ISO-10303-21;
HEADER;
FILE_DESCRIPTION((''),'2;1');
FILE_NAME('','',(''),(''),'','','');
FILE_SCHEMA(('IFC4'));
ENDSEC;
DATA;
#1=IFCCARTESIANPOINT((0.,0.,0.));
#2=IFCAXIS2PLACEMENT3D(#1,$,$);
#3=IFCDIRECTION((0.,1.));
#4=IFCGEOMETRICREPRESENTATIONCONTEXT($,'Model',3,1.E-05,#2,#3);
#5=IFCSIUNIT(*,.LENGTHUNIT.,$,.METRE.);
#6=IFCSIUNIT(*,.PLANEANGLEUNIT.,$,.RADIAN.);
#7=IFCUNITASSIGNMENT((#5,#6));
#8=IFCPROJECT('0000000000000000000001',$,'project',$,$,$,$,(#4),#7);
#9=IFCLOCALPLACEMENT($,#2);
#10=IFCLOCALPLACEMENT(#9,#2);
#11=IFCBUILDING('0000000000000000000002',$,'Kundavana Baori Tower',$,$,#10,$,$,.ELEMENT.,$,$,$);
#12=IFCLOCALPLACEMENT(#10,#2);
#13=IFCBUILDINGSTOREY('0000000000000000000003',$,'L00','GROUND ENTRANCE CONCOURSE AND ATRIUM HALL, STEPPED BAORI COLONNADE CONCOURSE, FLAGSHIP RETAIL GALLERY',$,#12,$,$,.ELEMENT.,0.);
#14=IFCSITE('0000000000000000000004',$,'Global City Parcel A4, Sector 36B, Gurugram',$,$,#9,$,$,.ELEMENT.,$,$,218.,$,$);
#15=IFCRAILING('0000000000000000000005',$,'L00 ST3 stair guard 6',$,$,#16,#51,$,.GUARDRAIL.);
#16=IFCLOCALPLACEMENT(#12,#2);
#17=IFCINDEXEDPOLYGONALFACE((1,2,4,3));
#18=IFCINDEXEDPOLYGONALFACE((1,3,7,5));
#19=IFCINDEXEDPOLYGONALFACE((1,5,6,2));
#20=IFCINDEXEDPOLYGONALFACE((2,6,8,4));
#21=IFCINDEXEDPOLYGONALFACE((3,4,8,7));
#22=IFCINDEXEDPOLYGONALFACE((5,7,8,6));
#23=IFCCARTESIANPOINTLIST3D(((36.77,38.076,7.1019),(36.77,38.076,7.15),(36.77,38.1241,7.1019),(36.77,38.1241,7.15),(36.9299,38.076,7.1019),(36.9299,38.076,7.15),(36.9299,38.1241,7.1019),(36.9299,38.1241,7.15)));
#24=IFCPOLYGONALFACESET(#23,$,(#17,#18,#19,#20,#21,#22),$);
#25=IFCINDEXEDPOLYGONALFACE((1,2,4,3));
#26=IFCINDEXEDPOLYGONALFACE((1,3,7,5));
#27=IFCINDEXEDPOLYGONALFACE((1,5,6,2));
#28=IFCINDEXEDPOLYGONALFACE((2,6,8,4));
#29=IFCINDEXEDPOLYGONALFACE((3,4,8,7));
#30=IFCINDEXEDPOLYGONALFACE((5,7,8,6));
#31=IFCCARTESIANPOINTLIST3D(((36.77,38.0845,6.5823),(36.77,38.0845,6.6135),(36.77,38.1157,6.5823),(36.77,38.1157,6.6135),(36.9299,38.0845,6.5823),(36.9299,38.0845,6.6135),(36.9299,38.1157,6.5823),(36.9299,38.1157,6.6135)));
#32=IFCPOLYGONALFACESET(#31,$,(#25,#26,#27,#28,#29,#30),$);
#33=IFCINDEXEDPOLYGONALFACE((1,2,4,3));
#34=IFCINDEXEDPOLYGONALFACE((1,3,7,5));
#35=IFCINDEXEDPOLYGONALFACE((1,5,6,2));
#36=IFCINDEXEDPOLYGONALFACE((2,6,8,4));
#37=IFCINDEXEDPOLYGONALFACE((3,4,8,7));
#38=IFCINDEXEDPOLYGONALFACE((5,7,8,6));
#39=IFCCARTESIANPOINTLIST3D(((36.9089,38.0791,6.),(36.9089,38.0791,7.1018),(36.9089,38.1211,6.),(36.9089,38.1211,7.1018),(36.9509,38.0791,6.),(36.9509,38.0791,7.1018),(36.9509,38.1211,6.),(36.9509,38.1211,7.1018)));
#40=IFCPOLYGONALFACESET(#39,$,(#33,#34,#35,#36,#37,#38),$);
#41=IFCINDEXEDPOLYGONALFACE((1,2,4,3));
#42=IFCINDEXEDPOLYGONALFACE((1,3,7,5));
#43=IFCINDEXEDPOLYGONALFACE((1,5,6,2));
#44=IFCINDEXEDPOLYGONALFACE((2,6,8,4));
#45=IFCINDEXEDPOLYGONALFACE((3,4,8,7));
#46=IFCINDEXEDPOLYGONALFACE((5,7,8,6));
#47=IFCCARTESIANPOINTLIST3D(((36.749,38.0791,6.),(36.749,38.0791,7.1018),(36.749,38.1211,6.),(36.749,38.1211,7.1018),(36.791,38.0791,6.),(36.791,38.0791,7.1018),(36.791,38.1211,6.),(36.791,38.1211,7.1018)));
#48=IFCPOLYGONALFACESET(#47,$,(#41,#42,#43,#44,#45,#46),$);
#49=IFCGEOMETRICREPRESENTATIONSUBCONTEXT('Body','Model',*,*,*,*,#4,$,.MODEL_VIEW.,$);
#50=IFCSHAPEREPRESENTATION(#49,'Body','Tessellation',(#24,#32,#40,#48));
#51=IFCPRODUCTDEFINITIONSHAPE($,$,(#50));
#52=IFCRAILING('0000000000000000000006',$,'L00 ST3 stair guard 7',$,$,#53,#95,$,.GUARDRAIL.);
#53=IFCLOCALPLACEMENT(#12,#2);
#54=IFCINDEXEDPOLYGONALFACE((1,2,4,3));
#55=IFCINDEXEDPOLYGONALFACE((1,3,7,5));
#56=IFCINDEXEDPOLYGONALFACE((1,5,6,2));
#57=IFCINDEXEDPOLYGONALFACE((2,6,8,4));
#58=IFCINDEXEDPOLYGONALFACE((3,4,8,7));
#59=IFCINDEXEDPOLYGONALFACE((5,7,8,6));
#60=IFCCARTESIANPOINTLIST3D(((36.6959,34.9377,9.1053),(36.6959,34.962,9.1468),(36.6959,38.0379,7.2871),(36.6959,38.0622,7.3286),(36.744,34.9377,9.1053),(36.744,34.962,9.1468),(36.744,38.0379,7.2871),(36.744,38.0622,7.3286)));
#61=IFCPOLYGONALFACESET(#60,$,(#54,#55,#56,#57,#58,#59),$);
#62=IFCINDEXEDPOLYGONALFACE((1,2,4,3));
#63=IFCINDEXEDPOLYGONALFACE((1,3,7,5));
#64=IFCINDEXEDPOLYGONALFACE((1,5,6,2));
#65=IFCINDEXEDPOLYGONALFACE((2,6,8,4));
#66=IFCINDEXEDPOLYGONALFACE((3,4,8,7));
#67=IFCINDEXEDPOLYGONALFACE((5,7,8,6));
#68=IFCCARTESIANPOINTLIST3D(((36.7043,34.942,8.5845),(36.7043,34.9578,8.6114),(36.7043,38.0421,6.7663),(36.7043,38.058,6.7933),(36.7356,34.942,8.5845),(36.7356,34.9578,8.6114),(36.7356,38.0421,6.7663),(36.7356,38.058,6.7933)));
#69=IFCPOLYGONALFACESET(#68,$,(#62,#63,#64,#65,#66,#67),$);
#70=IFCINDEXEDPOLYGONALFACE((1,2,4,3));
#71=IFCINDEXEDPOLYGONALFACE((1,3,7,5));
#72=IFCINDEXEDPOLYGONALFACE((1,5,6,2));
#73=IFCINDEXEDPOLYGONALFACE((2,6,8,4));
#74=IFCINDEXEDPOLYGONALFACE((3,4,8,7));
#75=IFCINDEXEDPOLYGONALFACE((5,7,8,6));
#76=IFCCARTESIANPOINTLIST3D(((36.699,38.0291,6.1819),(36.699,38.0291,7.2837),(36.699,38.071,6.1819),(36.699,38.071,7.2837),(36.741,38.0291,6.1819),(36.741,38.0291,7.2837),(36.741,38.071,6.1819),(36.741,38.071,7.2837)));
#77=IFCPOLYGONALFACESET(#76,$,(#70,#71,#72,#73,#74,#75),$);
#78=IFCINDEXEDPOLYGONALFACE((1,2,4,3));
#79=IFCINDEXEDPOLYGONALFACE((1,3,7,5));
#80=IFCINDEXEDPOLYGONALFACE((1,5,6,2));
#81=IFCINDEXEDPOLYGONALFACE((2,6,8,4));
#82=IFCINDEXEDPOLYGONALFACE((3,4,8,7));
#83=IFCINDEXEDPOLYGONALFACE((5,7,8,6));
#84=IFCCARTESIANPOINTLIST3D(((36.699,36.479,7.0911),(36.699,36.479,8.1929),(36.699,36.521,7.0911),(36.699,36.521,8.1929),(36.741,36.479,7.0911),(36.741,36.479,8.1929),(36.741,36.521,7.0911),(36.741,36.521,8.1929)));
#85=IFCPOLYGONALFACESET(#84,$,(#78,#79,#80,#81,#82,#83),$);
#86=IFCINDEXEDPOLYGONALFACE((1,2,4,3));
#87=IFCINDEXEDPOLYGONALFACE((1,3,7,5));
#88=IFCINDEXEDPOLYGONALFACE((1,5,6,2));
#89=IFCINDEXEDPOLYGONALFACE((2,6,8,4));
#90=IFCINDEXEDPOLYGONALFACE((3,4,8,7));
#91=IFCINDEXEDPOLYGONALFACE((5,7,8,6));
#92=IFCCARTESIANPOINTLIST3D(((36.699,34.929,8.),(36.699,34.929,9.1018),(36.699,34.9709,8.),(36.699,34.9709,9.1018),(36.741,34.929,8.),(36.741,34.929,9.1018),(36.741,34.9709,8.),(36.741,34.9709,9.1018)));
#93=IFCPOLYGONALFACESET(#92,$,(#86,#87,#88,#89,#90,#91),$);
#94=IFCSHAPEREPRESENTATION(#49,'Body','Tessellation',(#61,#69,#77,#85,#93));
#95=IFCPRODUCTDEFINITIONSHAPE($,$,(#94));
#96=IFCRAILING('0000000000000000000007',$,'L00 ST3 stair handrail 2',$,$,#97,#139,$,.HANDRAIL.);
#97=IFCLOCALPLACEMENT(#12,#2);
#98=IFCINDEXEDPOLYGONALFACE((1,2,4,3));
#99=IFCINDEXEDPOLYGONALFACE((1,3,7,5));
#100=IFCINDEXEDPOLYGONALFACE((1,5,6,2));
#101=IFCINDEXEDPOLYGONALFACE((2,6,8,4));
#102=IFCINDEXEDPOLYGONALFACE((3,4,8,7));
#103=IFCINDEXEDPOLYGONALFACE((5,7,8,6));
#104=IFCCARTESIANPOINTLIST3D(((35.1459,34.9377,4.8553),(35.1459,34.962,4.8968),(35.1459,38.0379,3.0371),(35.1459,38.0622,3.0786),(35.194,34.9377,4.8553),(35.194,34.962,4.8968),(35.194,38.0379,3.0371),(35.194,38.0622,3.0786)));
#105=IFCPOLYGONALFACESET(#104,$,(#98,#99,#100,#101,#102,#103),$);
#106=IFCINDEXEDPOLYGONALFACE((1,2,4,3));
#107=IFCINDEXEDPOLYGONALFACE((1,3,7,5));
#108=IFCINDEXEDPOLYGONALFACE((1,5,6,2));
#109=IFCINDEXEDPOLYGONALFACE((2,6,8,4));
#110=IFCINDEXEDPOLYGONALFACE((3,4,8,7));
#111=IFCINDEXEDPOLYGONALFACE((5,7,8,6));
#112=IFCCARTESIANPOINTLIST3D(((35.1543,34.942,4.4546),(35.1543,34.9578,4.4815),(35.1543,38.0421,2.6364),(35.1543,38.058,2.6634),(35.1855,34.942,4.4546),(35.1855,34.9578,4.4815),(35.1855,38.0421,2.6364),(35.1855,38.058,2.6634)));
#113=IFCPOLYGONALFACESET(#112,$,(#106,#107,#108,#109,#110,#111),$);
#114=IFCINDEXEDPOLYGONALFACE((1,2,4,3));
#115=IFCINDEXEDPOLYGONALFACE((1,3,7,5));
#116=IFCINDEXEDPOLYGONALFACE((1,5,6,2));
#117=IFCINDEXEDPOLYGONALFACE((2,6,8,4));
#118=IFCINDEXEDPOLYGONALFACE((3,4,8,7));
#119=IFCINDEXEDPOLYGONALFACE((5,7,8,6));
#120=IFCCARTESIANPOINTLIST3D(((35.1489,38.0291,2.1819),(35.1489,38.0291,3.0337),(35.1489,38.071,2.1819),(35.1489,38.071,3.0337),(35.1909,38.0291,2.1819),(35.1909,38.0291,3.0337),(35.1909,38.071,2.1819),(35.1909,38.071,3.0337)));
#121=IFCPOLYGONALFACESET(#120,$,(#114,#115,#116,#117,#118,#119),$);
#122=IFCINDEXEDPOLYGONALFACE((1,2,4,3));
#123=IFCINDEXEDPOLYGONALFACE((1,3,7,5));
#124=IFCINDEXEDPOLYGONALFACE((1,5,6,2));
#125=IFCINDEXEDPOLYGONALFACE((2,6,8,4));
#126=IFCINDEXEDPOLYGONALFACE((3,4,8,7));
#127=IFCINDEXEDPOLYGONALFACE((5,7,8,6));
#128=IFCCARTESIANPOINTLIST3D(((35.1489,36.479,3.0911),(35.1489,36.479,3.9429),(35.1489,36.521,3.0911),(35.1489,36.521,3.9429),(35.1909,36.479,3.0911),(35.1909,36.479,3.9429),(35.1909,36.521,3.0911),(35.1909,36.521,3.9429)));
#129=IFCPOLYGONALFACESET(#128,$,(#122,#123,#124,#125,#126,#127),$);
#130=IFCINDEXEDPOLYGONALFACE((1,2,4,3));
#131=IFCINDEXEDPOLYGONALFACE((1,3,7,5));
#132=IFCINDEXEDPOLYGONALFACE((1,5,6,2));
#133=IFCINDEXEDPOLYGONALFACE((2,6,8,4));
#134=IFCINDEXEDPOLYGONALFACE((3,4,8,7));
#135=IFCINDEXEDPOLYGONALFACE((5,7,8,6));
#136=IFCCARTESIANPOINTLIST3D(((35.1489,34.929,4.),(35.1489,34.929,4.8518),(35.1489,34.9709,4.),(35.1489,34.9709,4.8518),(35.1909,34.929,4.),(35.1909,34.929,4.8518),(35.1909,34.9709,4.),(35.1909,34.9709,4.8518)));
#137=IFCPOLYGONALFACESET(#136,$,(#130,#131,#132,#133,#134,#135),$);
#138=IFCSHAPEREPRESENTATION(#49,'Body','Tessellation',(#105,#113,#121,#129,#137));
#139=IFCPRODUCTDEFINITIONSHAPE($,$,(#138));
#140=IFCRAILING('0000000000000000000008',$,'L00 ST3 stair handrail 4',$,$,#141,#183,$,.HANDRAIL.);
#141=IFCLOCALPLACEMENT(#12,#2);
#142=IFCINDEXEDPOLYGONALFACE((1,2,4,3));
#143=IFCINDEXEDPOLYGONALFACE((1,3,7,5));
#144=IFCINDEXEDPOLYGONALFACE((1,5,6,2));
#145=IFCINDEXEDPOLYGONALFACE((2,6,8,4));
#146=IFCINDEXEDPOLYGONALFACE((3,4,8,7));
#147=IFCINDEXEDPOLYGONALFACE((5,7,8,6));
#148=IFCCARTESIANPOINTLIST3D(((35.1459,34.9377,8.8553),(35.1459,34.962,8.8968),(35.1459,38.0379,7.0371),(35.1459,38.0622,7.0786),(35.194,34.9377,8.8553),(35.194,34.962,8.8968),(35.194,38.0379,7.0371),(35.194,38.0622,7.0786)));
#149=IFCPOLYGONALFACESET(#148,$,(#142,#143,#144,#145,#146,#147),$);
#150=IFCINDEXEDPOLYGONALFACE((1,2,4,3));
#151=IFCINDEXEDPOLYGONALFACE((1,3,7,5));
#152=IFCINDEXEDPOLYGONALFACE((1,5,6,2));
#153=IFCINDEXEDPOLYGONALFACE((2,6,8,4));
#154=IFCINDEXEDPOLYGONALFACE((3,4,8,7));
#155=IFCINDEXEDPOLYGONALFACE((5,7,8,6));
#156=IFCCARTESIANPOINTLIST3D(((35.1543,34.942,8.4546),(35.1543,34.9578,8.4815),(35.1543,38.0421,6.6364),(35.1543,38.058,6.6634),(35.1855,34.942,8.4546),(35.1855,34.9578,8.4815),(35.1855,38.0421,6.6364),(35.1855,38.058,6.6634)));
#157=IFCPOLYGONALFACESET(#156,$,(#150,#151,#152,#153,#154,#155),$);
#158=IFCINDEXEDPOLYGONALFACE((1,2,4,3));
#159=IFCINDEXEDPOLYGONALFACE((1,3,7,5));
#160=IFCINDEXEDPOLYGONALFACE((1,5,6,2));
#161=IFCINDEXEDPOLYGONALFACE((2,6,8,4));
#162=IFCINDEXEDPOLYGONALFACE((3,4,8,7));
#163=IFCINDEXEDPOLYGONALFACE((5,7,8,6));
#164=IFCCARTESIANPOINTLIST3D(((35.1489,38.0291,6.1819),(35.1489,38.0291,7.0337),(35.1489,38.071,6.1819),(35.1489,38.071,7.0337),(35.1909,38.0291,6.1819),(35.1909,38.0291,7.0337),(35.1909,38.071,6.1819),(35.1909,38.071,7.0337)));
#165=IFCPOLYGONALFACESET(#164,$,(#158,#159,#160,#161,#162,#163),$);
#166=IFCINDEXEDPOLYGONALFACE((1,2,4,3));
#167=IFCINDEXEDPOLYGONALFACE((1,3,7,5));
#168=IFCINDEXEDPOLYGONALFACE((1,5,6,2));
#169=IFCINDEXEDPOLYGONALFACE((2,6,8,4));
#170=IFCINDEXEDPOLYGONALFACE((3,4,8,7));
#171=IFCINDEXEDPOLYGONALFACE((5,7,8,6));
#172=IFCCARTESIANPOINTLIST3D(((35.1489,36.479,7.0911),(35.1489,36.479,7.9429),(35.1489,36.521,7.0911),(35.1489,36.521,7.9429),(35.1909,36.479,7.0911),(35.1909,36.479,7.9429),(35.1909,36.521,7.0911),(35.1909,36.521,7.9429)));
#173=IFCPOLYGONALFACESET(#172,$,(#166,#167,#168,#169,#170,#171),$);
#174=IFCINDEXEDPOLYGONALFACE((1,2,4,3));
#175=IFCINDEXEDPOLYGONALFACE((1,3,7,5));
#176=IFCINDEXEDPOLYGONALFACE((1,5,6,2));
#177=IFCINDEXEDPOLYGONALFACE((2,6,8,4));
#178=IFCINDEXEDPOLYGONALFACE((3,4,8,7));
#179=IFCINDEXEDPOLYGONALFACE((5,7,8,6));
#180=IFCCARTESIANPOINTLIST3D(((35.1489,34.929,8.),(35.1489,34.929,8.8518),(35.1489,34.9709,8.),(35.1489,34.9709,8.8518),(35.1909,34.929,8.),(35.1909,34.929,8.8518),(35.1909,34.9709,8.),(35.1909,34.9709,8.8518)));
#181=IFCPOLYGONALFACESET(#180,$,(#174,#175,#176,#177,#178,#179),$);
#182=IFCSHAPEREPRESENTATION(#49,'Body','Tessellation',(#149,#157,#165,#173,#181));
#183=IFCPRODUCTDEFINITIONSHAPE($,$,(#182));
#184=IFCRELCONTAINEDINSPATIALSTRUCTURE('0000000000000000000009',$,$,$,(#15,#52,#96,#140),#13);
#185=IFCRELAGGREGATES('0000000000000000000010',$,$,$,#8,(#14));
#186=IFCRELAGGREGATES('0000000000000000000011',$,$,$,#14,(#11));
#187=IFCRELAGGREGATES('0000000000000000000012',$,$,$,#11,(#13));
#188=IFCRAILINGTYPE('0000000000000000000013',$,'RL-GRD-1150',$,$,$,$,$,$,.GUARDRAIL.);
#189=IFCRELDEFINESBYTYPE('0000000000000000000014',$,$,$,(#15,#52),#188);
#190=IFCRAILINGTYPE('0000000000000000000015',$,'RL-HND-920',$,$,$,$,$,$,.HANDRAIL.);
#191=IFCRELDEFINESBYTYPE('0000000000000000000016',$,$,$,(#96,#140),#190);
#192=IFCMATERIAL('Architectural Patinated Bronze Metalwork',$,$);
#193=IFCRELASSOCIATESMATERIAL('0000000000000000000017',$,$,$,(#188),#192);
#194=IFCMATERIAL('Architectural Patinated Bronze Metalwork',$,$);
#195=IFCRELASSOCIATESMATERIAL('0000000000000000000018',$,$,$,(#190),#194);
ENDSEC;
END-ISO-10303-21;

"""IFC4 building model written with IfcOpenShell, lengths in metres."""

from ifc_helpers import new_model, si_unit, direction, frame, origin, origin_2d, place, context, subcontext, project, spatial, rectangle, extrude, material, type_object, element, save


model = new_model("IFC4")

# Units and contexts
model_context = context("Model", 3, precision=1e-05, world=origin(), true_north=direction((0.0, 1.0)))
body_context = subcontext(model_context, "Body", "Model", "MODEL_VIEW")
ifc_project = project(units=[si_unit("LENGTHUNIT", "METRE"), si_unit("PLANEANGLEUNIT", "RADIAN")], contexts=[model_context])

# Site, building, storey
site_placement = place(None, origin())
site = spatial("IfcSite", under=ifc_project, at=site_placement, Name="Global City Parcel A4, Sector 36B, Gurugram", CompositionType="ELEMENT", RefElevation=218.0)
building_placement = place(site_placement, origin())
building = spatial("IfcBuilding", under=site, at=building_placement, Name="Kundavana Baori Tower", CompositionType="ELEMENT")
storey_placement = place(building_placement, origin())
storey = spatial("IfcBuildingStorey", under=building, at=storey_placement, Name="L00", Description="GROUND ENTRANCE CONCOURSE AND ATRIUM HALL, STEPPED BAORI COLONNADE CONCOURSE, FLAGSHIP RETAIL GALLERY", CompositionType="ELEMENT", Elevation=0.0)

# Railings
ifc_material_1 = material(Name="Architectural Patinated Bronze Metalwork")
railing_type_1 = type_object("IfcRailingType", Name="RL-GRD-1150", PredefinedType="GUARDRAIL", material=ifc_material_1)
railing_1_placement = place(storey_placement, frame((36.9299, 38.1001, 6.0)))
element("IfcRailing", 1, at=railing_1_placement, inside=storey, type_object=railing_type_1, Name="L00 ST3 stair guard 6", PredefinedType="GUARDRAIL", context=body_context, shape_type="SweptSolid", body=[
    extrude(rectangle(XDim=0.0481, YDim=0.0481, at=origin_2d()), frame((0.0, 0.0, 1.126), z_axis=(-1.0, 0.0, 0.0), x_axis=(0.0, -1.0, 0.0)), (0.0, 0.0, 1.0), 0.1599),
    extrude(rectangle(XDim=0.0312, YDim=0.0312, at=origin_2d()), frame((0.0, 0.0, 0.5979), z_axis=(-1.0, 0.0, 0.0), x_axis=(0.0, -1.0, 0.0)), (0.0, 0.0, 1.0), 0.1599),
    extrude(rectangle(XDim=0.042, YDim=0.042, at=origin_2d()), origin(), (0.0, 0.0, 1.0), 1.1018),
    extrude(rectangle(XDim=0.042, YDim=0.042, at=origin_2d()), frame((-0.1599, 0.0, 0.0)), (0.0, 0.0, 1.0), 1.1018),
])
railing_2_placement = place(storey_placement, frame((36.72, 38.05, 6.1819)))
element("IfcRailing", 2, at=railing_2_placement, inside=storey, type_object=railing_type_1, Name="L00 ST3 stair guard 7", PredefinedType="GUARDRAIL", context=body_context, shape_type="SweptSolid", body=[
    extrude(rectangle(XDim=0.0481, YDim=0.0481, at=origin_2d()), frame((0.0, 0.0, 1.126), z_axis=(0.0, -0.862599, 0.505889), x_axis=(1.0, 0.0, 0.0)), (0.0, 0.0, 1.0), 3.594),
    extrude(rectangle(XDim=0.0312, YDim=0.0312, at=origin_2d()), frame((0.0, 0.0, 0.5979), z_axis=(0.0, -0.862599, 0.505889), x_axis=(1.0, 0.0, 0.0)), (0.0, 0.0, 1.0), 3.594),
    extrude(rectangle(XDim=0.042, YDim=0.042, at=origin_2d()), origin(), (0.0, 0.0, 1.0), 1.1018),
    extrude(rectangle(XDim=0.042, YDim=0.042, at=origin_2d()), frame((0.0, -1.55, 0.9092)), (0.0, 0.0, 1.0), 1.1018),
    extrude(rectangle(XDim=0.042, YDim=0.042, at=origin_2d()), frame((0.0, -3.1001, 1.8181)), (0.0, 0.0, 1.0), 1.1018),
])
ifc_material_2 = material(Name="Architectural Patinated Bronze Metalwork")
railing_type_2 = type_object("IfcRailingType", Name="RL-HND-920", PredefinedType="HANDRAIL", material=ifc_material_2)
for number, where, name in (
    (3, (35.1699, 38.05, 2.1819), "L00 ST3 stair handrail 2"),
    (4, (35.1699, 38.05, 6.1819), "L00 ST3 stair handrail 4"),
):
    element("IfcRailing", number, at=place(storey_placement, frame(where)), inside=storey, type_object=railing_type_2, Name=name, PredefinedType="HANDRAIL", context=body_context, shape_type="SweptSolid", body=[
        extrude(rectangle(XDim=0.0481, YDim=0.0481, at=origin_2d()), frame((0.0, 0.0, 0.876), z_axis=(0.0, -0.862599, 0.505889), x_axis=(1.0, 0.0, 0.0)), (0.0, 0.0, 1.0), 3.594),
        extrude(rectangle(XDim=0.0312, YDim=0.0312, at=origin_2d()), frame((0.0, 0.0, 0.468), z_axis=(0.0, -0.862599, 0.505889), x_axis=(1.0, 0.0, 0.0)), (0.0, 0.0, 1.0), 3.594),
        extrude(rectangle(XDim=0.042, YDim=0.042, at=origin_2d()), origin(), (0.0, 0.0, 1.0), 0.8518),
        extrude(rectangle(XDim=0.042, YDim=0.042, at=origin_2d()), frame((0.0, -1.55, 0.9092)), (0.0, 0.0, 1.0), 0.8518),
        extrude(rectangle(XDim=0.042, YDim=0.042, at=origin_2d()), frame((0.0, -3.1001, 1.8181)), (0.0, 0.0, 1.0), 0.8518),
    ])

save(model, "model.ifc")
